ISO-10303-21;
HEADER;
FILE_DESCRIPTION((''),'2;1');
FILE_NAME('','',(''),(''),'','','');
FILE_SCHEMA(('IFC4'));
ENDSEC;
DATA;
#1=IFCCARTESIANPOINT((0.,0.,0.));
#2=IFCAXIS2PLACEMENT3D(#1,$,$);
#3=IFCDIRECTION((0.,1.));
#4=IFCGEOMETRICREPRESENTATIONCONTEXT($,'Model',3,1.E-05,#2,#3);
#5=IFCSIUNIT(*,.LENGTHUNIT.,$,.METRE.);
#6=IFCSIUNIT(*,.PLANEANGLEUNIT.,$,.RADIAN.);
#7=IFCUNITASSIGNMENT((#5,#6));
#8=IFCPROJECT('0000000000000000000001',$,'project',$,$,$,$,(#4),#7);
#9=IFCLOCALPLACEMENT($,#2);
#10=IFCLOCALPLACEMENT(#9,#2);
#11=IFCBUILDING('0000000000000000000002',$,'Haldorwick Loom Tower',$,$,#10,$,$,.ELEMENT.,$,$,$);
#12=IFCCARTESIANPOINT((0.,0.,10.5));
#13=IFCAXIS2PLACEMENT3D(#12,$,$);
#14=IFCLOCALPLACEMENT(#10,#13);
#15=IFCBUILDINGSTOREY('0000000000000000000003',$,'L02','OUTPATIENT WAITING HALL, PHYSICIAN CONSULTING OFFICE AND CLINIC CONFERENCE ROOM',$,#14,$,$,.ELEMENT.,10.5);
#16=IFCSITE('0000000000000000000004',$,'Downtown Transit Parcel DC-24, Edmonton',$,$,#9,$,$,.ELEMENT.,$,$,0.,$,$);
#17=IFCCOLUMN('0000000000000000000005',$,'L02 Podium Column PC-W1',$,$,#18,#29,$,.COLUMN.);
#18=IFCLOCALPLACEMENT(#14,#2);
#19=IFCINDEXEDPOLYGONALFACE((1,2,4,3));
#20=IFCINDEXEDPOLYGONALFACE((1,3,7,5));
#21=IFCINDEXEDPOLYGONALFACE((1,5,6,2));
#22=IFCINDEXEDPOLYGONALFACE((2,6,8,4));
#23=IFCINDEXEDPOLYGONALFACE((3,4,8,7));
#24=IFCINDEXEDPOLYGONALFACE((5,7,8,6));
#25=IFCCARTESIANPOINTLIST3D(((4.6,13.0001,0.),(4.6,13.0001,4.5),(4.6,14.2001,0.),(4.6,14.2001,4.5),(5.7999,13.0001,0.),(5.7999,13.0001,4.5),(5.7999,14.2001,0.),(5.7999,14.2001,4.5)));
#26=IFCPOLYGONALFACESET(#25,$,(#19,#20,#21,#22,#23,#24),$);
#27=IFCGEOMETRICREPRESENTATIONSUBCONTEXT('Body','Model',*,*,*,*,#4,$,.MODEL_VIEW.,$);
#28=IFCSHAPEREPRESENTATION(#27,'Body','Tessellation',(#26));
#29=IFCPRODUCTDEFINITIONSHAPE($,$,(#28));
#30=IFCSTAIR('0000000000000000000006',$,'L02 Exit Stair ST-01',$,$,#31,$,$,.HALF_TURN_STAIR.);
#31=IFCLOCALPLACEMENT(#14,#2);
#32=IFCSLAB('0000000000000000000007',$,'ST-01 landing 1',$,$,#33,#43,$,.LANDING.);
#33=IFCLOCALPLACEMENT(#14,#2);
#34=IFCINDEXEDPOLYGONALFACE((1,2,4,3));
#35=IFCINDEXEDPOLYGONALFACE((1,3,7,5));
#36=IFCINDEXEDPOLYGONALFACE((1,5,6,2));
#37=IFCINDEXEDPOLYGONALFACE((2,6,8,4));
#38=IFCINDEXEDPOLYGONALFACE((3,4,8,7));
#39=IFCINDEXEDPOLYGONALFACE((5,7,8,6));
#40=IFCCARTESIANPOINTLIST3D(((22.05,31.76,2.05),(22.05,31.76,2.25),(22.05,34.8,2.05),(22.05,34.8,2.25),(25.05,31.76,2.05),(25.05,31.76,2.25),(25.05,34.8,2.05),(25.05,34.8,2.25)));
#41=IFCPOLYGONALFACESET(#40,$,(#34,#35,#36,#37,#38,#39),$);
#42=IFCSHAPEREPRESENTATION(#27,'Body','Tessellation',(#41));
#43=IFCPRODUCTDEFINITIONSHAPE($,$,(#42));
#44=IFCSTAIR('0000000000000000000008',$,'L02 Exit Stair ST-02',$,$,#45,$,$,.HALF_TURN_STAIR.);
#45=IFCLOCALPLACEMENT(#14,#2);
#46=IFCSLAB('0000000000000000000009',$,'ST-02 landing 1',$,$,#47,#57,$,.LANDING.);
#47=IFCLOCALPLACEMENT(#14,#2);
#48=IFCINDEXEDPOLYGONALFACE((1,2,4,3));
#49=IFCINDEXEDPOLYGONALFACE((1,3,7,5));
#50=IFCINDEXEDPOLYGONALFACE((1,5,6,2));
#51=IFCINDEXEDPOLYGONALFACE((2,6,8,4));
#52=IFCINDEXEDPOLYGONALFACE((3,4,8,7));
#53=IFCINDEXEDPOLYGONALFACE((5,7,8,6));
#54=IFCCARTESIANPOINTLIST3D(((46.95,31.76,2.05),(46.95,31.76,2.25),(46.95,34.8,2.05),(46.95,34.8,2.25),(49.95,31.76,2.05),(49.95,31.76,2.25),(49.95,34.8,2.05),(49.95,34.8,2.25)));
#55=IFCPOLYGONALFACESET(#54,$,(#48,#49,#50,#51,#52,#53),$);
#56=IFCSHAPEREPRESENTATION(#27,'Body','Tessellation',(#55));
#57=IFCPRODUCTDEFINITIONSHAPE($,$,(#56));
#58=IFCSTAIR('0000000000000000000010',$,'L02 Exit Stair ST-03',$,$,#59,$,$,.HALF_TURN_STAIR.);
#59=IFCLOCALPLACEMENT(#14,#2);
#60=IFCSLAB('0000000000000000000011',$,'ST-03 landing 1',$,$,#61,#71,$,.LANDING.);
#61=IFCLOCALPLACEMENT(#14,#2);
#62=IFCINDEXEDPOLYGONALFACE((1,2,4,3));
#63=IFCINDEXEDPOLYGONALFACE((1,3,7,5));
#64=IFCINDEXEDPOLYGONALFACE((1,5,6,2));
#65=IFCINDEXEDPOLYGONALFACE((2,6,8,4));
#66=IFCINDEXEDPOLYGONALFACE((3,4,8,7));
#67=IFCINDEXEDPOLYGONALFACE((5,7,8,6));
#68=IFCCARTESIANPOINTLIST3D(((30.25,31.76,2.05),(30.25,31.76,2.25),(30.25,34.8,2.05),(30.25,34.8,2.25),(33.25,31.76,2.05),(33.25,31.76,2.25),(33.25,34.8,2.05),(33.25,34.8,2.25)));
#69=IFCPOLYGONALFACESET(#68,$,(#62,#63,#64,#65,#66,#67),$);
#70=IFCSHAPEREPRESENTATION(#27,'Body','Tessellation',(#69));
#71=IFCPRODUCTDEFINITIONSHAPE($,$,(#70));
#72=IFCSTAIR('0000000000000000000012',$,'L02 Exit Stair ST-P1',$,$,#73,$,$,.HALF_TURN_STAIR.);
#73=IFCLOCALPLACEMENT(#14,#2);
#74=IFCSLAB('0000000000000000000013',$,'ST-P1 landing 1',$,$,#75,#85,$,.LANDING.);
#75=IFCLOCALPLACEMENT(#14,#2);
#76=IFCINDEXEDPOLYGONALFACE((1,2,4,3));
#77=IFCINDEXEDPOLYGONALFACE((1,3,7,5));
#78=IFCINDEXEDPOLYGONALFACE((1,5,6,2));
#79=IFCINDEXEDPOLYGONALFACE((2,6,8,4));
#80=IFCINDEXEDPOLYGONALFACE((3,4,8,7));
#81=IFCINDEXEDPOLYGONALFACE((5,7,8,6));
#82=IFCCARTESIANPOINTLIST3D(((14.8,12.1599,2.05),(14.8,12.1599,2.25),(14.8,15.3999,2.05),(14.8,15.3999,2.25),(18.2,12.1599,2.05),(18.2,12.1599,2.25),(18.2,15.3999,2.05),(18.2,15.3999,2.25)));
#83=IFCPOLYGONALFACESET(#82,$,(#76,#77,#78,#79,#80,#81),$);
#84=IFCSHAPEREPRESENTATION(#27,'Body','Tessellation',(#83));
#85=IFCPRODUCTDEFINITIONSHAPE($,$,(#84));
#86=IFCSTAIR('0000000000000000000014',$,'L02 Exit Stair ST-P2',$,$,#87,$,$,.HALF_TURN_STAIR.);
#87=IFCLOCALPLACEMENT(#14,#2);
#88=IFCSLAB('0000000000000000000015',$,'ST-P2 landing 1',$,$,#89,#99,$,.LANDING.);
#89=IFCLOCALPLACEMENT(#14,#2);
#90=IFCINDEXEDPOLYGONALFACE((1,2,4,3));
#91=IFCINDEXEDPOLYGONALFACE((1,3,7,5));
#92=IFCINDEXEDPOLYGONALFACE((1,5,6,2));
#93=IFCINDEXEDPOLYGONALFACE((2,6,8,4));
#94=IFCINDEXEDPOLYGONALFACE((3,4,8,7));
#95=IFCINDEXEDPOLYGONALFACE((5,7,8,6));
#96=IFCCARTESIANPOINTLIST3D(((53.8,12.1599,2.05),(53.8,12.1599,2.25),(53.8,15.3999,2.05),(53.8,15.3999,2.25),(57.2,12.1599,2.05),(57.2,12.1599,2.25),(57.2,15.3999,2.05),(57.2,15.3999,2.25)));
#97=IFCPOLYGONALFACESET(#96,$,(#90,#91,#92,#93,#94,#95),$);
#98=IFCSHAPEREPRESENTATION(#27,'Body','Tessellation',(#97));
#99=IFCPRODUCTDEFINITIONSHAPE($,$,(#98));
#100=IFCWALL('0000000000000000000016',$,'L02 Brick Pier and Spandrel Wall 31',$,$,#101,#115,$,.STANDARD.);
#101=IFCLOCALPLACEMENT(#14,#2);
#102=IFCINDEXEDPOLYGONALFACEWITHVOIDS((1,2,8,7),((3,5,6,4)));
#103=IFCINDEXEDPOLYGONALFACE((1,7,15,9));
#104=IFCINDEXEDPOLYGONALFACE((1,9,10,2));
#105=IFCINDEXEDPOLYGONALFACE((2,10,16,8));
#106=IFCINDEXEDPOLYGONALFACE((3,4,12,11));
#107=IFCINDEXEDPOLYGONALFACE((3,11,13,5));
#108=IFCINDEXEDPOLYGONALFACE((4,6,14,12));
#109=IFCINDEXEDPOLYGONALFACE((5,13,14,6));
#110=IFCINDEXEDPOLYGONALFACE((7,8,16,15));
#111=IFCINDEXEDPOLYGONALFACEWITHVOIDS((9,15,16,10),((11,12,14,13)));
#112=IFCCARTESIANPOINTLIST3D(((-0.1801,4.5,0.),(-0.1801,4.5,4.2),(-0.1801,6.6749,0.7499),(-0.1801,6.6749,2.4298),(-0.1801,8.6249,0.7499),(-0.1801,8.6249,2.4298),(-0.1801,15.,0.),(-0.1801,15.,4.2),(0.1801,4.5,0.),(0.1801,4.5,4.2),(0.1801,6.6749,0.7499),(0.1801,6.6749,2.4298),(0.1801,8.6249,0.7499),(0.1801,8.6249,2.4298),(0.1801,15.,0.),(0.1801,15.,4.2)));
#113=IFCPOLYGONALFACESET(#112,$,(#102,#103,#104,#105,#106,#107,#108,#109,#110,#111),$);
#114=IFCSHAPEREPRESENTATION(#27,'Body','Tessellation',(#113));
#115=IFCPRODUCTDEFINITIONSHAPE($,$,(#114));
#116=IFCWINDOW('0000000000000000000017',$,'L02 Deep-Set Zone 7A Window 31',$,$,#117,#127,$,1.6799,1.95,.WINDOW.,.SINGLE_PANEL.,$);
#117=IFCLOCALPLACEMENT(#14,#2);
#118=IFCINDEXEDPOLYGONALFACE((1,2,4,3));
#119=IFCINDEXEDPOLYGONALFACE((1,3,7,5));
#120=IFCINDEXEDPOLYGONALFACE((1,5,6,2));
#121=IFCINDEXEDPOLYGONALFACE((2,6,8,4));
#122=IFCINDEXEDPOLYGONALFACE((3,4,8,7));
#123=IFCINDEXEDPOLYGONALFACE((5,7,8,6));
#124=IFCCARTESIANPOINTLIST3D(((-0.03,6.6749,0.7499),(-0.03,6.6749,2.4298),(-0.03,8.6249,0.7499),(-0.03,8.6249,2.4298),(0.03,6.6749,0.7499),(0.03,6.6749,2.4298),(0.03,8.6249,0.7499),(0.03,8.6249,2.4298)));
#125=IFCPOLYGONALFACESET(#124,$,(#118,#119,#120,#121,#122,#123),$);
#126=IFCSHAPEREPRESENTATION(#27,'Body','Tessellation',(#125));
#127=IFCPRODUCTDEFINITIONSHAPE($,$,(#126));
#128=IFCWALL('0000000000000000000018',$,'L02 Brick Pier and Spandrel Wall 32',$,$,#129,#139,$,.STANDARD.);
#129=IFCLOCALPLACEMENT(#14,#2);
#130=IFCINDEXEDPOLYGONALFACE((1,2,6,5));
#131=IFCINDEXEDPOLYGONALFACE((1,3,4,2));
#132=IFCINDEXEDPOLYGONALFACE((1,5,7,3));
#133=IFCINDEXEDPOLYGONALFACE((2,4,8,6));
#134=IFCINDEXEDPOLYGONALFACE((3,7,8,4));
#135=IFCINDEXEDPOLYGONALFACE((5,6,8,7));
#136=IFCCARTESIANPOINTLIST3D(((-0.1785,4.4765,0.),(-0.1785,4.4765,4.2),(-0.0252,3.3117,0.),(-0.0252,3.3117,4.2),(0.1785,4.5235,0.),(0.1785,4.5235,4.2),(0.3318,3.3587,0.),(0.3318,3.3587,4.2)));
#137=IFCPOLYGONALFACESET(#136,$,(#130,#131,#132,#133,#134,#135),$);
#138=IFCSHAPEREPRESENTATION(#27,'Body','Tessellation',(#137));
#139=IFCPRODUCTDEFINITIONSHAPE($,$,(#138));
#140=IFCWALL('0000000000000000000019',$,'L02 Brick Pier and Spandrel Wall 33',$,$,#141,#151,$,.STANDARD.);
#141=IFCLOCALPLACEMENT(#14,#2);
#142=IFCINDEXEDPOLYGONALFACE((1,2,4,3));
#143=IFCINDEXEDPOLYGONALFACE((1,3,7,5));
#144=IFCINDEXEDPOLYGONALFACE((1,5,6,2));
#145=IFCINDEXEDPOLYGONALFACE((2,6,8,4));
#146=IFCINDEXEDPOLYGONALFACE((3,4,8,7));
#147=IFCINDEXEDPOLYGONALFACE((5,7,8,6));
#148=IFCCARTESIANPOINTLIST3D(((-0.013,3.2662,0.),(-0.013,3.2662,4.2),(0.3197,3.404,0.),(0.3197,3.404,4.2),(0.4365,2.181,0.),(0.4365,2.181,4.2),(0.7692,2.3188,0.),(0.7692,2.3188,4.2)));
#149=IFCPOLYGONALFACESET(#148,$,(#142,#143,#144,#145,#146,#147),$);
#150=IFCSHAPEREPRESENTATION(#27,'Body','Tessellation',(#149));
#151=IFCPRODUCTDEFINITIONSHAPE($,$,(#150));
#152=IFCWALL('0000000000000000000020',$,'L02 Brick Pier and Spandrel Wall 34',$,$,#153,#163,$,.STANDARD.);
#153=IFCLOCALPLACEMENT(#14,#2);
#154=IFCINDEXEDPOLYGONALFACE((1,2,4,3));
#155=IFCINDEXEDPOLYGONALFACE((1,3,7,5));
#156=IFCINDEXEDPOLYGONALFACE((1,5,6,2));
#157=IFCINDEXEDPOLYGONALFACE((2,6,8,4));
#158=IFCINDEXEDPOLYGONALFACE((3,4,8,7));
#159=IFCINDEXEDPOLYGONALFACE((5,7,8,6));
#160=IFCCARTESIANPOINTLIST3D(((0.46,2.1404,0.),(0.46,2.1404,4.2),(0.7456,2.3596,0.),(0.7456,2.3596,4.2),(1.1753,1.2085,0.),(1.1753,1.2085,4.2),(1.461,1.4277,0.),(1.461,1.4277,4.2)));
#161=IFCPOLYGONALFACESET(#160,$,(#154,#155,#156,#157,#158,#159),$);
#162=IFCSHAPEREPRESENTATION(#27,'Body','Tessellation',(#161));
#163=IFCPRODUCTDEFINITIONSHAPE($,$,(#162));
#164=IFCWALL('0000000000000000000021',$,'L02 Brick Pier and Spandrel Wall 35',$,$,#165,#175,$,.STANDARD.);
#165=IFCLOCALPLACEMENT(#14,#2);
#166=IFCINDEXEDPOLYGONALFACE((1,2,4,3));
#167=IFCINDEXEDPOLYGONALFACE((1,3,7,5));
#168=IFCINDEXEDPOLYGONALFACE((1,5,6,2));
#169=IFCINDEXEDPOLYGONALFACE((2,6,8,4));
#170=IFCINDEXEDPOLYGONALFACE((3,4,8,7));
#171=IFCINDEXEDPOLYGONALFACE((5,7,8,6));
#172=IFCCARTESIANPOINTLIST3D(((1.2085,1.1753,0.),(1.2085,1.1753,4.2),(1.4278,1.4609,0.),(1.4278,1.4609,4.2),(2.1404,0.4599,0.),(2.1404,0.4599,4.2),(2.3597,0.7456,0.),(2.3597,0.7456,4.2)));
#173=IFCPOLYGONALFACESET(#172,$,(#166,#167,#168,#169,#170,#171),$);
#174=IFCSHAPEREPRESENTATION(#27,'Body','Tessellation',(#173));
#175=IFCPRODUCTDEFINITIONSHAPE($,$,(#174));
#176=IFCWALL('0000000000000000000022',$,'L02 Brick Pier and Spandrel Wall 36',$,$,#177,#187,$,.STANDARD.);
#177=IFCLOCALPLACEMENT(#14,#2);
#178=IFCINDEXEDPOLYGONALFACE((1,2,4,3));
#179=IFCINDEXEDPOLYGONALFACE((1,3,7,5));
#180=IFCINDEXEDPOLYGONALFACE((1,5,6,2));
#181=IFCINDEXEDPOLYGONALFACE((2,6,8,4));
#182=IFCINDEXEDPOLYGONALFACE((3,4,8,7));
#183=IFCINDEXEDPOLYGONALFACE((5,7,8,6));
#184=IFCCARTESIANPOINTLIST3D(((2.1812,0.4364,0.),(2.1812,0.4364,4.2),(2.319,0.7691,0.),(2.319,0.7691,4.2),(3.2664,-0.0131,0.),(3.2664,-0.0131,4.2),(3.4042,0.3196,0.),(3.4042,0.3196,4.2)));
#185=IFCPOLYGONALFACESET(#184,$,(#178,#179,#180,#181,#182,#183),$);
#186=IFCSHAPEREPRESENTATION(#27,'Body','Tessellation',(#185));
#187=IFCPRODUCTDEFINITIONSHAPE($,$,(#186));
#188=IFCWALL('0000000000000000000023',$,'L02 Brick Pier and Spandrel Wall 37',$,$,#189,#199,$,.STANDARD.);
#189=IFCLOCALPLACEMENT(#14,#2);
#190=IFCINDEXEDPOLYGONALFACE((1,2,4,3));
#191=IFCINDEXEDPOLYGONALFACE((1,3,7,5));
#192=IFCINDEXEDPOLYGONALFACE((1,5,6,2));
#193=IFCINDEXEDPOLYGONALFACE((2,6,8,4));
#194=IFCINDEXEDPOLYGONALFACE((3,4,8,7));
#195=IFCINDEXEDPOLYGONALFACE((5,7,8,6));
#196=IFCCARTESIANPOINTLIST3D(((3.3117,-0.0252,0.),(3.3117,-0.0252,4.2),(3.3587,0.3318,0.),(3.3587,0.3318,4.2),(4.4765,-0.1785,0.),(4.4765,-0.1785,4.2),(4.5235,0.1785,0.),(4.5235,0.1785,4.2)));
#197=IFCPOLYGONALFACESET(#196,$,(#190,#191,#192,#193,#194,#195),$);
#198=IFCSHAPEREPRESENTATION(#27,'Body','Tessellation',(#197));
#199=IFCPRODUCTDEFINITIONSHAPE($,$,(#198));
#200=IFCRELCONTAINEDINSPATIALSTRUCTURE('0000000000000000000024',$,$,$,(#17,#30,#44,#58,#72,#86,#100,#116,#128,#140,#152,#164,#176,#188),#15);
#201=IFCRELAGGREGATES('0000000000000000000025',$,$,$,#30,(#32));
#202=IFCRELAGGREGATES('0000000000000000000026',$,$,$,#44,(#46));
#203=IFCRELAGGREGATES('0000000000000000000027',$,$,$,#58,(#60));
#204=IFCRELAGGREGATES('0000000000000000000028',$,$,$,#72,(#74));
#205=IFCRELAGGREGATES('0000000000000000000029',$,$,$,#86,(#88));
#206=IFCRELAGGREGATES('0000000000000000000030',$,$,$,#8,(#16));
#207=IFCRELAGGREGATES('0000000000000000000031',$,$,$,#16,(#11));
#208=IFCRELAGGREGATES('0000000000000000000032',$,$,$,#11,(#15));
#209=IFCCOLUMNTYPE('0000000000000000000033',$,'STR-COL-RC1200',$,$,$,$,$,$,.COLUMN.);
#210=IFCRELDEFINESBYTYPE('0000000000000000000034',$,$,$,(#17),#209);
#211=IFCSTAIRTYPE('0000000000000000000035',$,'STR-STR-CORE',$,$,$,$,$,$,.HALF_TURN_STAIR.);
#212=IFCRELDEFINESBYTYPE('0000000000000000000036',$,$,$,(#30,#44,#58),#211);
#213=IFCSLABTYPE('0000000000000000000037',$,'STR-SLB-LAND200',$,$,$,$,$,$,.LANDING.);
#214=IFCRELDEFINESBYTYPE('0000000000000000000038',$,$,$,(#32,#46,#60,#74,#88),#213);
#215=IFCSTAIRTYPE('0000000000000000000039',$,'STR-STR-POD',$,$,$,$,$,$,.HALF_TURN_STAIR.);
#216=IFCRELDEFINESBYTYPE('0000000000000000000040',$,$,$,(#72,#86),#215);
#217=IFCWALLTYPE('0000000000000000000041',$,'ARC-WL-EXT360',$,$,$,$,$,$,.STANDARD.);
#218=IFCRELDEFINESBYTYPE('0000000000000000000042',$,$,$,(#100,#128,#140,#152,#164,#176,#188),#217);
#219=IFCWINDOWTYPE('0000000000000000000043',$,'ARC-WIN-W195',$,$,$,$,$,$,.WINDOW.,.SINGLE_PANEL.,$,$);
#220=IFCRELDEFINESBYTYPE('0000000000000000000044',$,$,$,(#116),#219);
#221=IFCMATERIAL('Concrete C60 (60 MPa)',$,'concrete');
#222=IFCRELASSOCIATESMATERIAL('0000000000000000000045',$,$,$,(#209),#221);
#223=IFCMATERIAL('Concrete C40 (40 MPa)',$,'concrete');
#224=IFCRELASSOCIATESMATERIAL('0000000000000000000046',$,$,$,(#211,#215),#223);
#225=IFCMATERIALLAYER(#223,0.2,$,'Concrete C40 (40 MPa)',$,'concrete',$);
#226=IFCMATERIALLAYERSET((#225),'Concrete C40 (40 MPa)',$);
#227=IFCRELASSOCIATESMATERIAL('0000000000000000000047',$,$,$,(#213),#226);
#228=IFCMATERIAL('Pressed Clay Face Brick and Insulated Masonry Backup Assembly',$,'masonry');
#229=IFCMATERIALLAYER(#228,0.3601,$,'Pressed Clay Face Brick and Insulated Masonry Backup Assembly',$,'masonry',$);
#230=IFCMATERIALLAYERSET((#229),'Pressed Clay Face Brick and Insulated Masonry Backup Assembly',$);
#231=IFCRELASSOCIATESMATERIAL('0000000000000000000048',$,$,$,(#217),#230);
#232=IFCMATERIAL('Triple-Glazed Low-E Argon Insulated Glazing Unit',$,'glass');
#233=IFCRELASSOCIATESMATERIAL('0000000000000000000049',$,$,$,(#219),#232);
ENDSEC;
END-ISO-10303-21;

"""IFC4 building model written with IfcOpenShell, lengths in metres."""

from ifc_helpers import new_model, si_unit, direction, frame, frame_2d, origin, origin_2d, place, context, subcontext, project, spatial, polyline, rectangle, outline, extrude, material, layer, layer_set, material_profile, profile_set, type_object, element, fill, aggregate, save


model = new_model("IFC4")

# Units and contexts
model_context = context("Model", 3, precision=1e-05, world=origin(), true_north=direction((0.0, 1.0)))
body_context = subcontext(model_context, "Body", "Model", "MODEL_VIEW")
ifc_project = project(units=[si_unit("LENGTHUNIT", "METRE"), si_unit("PLANEANGLEUNIT", "RADIAN")], contexts=[model_context])

# Site, building, storey
site_placement = place(None, origin())
site = spatial("IfcSite", under=ifc_project, at=site_placement, Name="Downtown Transit Parcel DC-24, Edmonton", CompositionType="ELEMENT", RefElevation=0.0)
building_placement = place(site_placement, origin())
building = spatial("IfcBuilding", under=site, at=building_placement, Name="Haldorwick Loom Tower", CompositionType="ELEMENT")
storey_placement = place(building_placement, frame((0.0, 0.0, 10.5)))
storey = spatial("IfcBuildingStorey", under=building, at=storey_placement, Name="L02", Description="OUTPATIENT WAITING HALL, PHYSICIAN CONSULTING OFFICE AND CLINIC CONFERENCE ROOM", CompositionType="ELEMENT", Elevation=10.5)

# Column
ifc_material_1 = material(Name="Concrete C60 (60 MPa)", Category="concrete")
ifc_material_profile = material_profile(ifc_material_1, rectangle(XDim=1.2, YDim=1.2, at=origin_2d()), Name="RC1200X1200", Category="concrete")
ifc_profile_set = profile_set([ifc_material_profile], Name="Concrete C60 (60 MPa)")
column_type = type_object("IfcColumnType", Name="STR-COL-RC1200", PredefinedType="COLUMN", material=ifc_profile_set)
column_placement = place(storey_placement, frame((5.2, 13.6001, 0.0), z_axis=(0.0, 0.0, 1.0), x_axis=(1.0, 0.0, 0.0)))
element("IfcColumn", 1, at=column_placement, inside=storey, type_object=column_type, Name="L02 Podium Column PC-W1", PredefinedType="COLUMN", context=body_context, shape_type="SweptSolid", body=[
    extrude(rectangle(XDim=1.2, YDim=1.2, at=origin_2d()), origin(), (0.0, 0.0, 1.0), 4.5),
])

# Stairs, slabs
ifc_material_2 = material(Name="Concrete C40 (40 MPa)", Category="concrete")
stair_type_1 = type_object("IfcStairType", Name="STR-STR-CORE", PredefinedType="HALF_TURN_STAIR", material=ifc_material_2)
stair_1_placement = place(storey_placement, origin())
stair_1 = element("IfcStair", 2, at=stair_1_placement, inside=storey, type_object=stair_type_1, Name="L02 Exit Stair ST-01", PredefinedType="HALF_TURN_STAIR")
ifc_layer_1 = layer(ifc_material_2, 0.2, Name="Concrete C40 (40 MPa)", Category="concrete")
ifc_layer_set_1 = layer_set([ifc_layer_1], Name="Concrete C40 (40 MPa)")
slab_type = type_object("IfcSlabType", Name="STR-SLB-LAND200", PredefinedType="LANDING", material=ifc_layer_set_1)
slab_1_placement = place(storey_placement, frame((0.0, 0.0, 2.05)))
slab_1 = element("IfcSlab", 3, at=slab_1_placement, type_object=slab_type, Name="ST-01 landing 1", PredefinedType="LANDING", context=body_context, shape_type="SweptSolid", body=[
    extrude(outline(polyline([(25.05, 31.76), (25.05, 34.8), (22.05, 34.8), (22.05, 31.76), (25.05, 31.76)])), origin(), (0.0, 0.0, 1.0), 0.2),
])
aggregate(stair_1, [slab_1])
stair_2_placement = place(storey_placement, origin())
stair_2 = element("IfcStair", 4, at=stair_2_placement, inside=storey, type_object=stair_type_1, Name="L02 Exit Stair ST-02", PredefinedType="HALF_TURN_STAIR")
slab_2_placement = place(storey_placement, frame((0.0, 0.0, 2.05)))
slab_2 = element("IfcSlab", 5, at=slab_2_placement, type_object=slab_type, Name="ST-02 landing 1", PredefinedType="LANDING", context=body_context, shape_type="SweptSolid", body=[
    extrude(outline(polyline([(49.95, 31.76), (49.95, 34.8), (46.95, 34.8), (46.95, 31.76), (49.95, 31.76)])), origin(), (0.0, 0.0, 1.0), 0.2),
])
aggregate(stair_2, [slab_2])
stair_3_placement = place(storey_placement, origin())
stair_3 = element("IfcStair", 6, at=stair_3_placement, inside=storey, type_object=stair_type_1, Name="L02 Exit Stair ST-03", PredefinedType="HALF_TURN_STAIR")
slab_3_placement = place(storey_placement, frame((0.0, 0.0, 2.05)))
slab_3 = element("IfcSlab", 7, at=slab_3_placement, type_object=slab_type, Name="ST-03 landing 1", PredefinedType="LANDING", context=body_context, shape_type="SweptSolid", body=[
    extrude(outline(polyline([(33.25, 31.76), (33.25, 34.8), (30.25, 34.8), (30.25, 31.76), (33.25, 31.76)])), origin(), (0.0, 0.0, 1.0), 0.2),
])
aggregate(stair_3, [slab_3])
stair_type_2 = type_object("IfcStairType", Name="STR-STR-POD", PredefinedType="HALF_TURN_STAIR", material=ifc_material_2)
stair_4_placement = place(storey_placement, origin())
stair_4 = element("IfcStair", 8, at=stair_4_placement, inside=storey, type_object=stair_type_2, Name="L02 Exit Stair ST-P1", PredefinedType="HALF_TURN_STAIR")
slab_4_placement = place(storey_placement, frame((0.0, 0.0, 2.05)))
slab_4 = element("IfcSlab", 9, at=slab_4_placement, type_object=slab_type, Name="ST-P1 landing 1", PredefinedType="LANDING", context=body_context, shape_type="SweptSolid", body=[
    extrude(outline(polyline([(18.2, 12.1599), (18.2, 15.3999), (14.8, 15.3999), (14.8, 12.1599), (18.2, 12.1599)])), origin(), (0.0, 0.0, 1.0), 0.2),
])
aggregate(stair_4, [slab_4])
stair_5_placement = place(storey_placement, origin())
stair_5 = element("IfcStair", 10, at=stair_5_placement, inside=storey, type_object=stair_type_2, Name="L02 Exit Stair ST-P2", PredefinedType="HALF_TURN_STAIR")
slab_5_placement = place(storey_placement, frame((0.0, 0.0, 2.05)))
slab_5 = element("IfcSlab", 11, at=slab_5_placement, type_object=slab_type, Name="ST-P2 landing 1", PredefinedType="LANDING", context=body_context, shape_type="SweptSolid", body=[
    extrude(outline(polyline([(57.2, 12.1599), (57.2, 15.3999), (53.8, 15.3999), (53.8, 12.1599), (57.2, 12.1599)])), origin(), (0.0, 0.0, 1.0), 0.2),
])
aggregate(stair_5, [slab_5])

# Wall, opening, window
ifc_material_3 = material(Name="Pressed Clay Face Brick and Insulated Masonry Backup Assembly", Category="masonry")
ifc_layer_2 = layer(ifc_material_3, 0.3601, Name="Pressed Clay Face Brick and Insulated Masonry Backup Assembly", Category="masonry")
ifc_layer_set_2 = layer_set([ifc_layer_2], Name="Pressed Clay Face Brick and Insulated Masonry Backup Assembly")
wall_type_1 = type_object("IfcWallType", Name="ARC-WL-EXT360", PredefinedType="STANDARD", material=ifc_layer_set_2)
wall_1_placement = place(storey_placement, frame((0.0, 15.0, 0.0), z_axis=(0.0, 0.0, 1.0), x_axis=(0.0, -1.0, 0.0)))
wall_1 = element("IfcWall", 12, at=wall_1_placement, inside=storey, type_object=wall_type_1, Name="L02 Brick Pier and Spandrel Wall 31", PredefinedType="STANDARD", context=body_context, shape_type="SweptSolid", body=[
    extrude(rectangle(XDim=10.5, YDim=0.3601, at=frame_2d((5.25, 0.0))), origin(), (0.0, 0.0, 1.0), 4.2),
])
opening_1_placement = place(wall_1_placement, frame((6.375, 0.0, 0.75)))
opening_1 = element("IfcOpeningElement", 13, at=opening_1_placement, cuts=wall_1, PredefinedType="OPENING", context=body_context, shape_type="SweptSolid", body=[
    extrude(rectangle(XDim=1.95, YDim=1.6799, at=frame_2d((0.9751, 0.8398))), frame((0.0, 0.1899, 0.0), z_axis=(0.0, -1.0, 0.0), x_axis=(1.0, 0.0, 0.0)), (0.0, 0.0, 1.0), 0.3801),
])
ifc_material_4 = material(Name="Triple-Glazed Low-E Argon Insulated Glazing Unit", Category="glass")
window_type = type_object("IfcWindowType", Name="ARC-WIN-W195", PartitioningType="SINGLE_PANEL", PredefinedType="WINDOW", material=ifc_material_4)
window_1_placement = place(opening_1_placement, origin())
window_1 = element("IfcWindow", 14, at=window_1_placement, inside=storey, type_object=window_type, Name="L02 Deep-Set Zone 7A Window 31", OverallHeight=1.6799, OverallWidth=1.95, PartitioningType="SINGLE_PANEL", PredefinedType="WINDOW", context=body_context, shape_type="SweptSolid", body=[
    extrude(rectangle(XDim=1.95, YDim=1.6799, at=frame_2d((0.9751, 0.8398))), frame((0.0, 0.03, 0.0), z_axis=(0.0, -1.0, 0.0), x_axis=(1.0, 0.0, 0.0)), (0.0, 0.0, 1.0), 0.0601),
])
fill(opening_1, window_1)

# Walls
wall_2_placement = place(storey_placement, frame((0.0, 4.5, 0.0), z_axis=(0.0, 0.0, 1.0), x_axis=(0.130503, -0.991448, 0.0)))
element("IfcWall", 15, at=wall_2_placement, inside=storey, type_object=wall_type_1, Name="L02 Brick Pier and Spandrel Wall 32", PredefinedType="STANDARD", context=body_context, shape_type="SweptSolid", body=[
    extrude(rectangle(XDim=1.1748, YDim=0.3601, at=frame_2d((0.5874, 0.0))), origin(), (0.0, 0.0, 1.0), 4.2),
])
wall_3_placement = place(storey_placement, frame((0.1533, 3.3352, 0.0), z_axis=(0.0, 0.0, 1.0), x_axis=(0.382652, -0.923893, 0.0)))
element("IfcWall", 16, at=wall_3_placement, inside=storey, type_object=wall_type_1, Name="L02 Brick Pier and Spandrel Wall 33", PredefinedType="STANDARD", context=body_context, shape_type="SweptSolid", body=[
    extrude(rectangle(XDim=1.1746, YDim=0.3601, at=frame_2d((0.5874, 0.0))), origin(), (0.0, 0.0, 1.0), 4.2),
])
for number, where, z_axis, x_axis, name in (
    (17, (0.6028, 2.25, 0.0), (0.0, 0.0, 1.0), (0.608907, -0.793242, 0.0), "L02 Brick Pier and Spandrel Wall 34"),
    (18, (1.3181, 1.3181, 0.0), (0.0, 0.0, 1.0), (0.793242, -0.608907, 0.0), "L02 Brick Pier and Spandrel Wall 35"),
):
    element("IfcWall", number, at=place(storey_placement, frame(where, z_axis=z_axis, x_axis=x_axis)), inside=storey, type_object=wall_type_1, Name=name, PredefinedType="STANDARD", context=body_context, shape_type="SweptSolid", body=[
        extrude(rectangle(XDim=1.1748, YDim=0.3601, at=frame_2d((0.5874, 0.0))), origin(), (0.0, 0.0, 1.0), 4.2),
    ])
wall_4_placement = place(storey_placement, frame((2.25, 0.6028, 0.0), z_axis=(0.0, 0.0, 1.0), x_axis=(0.923893, -0.382652, 0.0)))
element("IfcWall", 19, at=wall_4_placement, inside=storey, type_object=wall_type_1, Name="L02 Brick Pier and Spandrel Wall 36", PredefinedType="STANDARD", context=body_context, shape_type="SweptSolid", body=[
    extrude(rectangle(XDim=1.1746, YDim=0.3601, at=frame_2d((0.5874, 0.0))), origin(), (0.0, 0.0, 1.0), 4.2),
])
wall_5_placement = place(storey_placement, frame((3.3352, 0.1533, 0.0), z_axis=(0.0, 0.0, 1.0), x_axis=(0.991448, -0.130503, 0.0)))
element("IfcWall", 20, at=wall_5_placement, inside=storey, type_object=wall_type_1, Name="L02 Brick Pier and Spandrel Wall 37", PredefinedType="STANDARD", context=body_context, shape_type="SweptSolid", body=[
    extrude(rectangle(XDim=1.1748, YDim=0.3601, at=frame_2d((0.5874, 0.0))), origin(), (0.0, 0.0, 1.0), 4.2),
])

save(model, "model.ifc")
